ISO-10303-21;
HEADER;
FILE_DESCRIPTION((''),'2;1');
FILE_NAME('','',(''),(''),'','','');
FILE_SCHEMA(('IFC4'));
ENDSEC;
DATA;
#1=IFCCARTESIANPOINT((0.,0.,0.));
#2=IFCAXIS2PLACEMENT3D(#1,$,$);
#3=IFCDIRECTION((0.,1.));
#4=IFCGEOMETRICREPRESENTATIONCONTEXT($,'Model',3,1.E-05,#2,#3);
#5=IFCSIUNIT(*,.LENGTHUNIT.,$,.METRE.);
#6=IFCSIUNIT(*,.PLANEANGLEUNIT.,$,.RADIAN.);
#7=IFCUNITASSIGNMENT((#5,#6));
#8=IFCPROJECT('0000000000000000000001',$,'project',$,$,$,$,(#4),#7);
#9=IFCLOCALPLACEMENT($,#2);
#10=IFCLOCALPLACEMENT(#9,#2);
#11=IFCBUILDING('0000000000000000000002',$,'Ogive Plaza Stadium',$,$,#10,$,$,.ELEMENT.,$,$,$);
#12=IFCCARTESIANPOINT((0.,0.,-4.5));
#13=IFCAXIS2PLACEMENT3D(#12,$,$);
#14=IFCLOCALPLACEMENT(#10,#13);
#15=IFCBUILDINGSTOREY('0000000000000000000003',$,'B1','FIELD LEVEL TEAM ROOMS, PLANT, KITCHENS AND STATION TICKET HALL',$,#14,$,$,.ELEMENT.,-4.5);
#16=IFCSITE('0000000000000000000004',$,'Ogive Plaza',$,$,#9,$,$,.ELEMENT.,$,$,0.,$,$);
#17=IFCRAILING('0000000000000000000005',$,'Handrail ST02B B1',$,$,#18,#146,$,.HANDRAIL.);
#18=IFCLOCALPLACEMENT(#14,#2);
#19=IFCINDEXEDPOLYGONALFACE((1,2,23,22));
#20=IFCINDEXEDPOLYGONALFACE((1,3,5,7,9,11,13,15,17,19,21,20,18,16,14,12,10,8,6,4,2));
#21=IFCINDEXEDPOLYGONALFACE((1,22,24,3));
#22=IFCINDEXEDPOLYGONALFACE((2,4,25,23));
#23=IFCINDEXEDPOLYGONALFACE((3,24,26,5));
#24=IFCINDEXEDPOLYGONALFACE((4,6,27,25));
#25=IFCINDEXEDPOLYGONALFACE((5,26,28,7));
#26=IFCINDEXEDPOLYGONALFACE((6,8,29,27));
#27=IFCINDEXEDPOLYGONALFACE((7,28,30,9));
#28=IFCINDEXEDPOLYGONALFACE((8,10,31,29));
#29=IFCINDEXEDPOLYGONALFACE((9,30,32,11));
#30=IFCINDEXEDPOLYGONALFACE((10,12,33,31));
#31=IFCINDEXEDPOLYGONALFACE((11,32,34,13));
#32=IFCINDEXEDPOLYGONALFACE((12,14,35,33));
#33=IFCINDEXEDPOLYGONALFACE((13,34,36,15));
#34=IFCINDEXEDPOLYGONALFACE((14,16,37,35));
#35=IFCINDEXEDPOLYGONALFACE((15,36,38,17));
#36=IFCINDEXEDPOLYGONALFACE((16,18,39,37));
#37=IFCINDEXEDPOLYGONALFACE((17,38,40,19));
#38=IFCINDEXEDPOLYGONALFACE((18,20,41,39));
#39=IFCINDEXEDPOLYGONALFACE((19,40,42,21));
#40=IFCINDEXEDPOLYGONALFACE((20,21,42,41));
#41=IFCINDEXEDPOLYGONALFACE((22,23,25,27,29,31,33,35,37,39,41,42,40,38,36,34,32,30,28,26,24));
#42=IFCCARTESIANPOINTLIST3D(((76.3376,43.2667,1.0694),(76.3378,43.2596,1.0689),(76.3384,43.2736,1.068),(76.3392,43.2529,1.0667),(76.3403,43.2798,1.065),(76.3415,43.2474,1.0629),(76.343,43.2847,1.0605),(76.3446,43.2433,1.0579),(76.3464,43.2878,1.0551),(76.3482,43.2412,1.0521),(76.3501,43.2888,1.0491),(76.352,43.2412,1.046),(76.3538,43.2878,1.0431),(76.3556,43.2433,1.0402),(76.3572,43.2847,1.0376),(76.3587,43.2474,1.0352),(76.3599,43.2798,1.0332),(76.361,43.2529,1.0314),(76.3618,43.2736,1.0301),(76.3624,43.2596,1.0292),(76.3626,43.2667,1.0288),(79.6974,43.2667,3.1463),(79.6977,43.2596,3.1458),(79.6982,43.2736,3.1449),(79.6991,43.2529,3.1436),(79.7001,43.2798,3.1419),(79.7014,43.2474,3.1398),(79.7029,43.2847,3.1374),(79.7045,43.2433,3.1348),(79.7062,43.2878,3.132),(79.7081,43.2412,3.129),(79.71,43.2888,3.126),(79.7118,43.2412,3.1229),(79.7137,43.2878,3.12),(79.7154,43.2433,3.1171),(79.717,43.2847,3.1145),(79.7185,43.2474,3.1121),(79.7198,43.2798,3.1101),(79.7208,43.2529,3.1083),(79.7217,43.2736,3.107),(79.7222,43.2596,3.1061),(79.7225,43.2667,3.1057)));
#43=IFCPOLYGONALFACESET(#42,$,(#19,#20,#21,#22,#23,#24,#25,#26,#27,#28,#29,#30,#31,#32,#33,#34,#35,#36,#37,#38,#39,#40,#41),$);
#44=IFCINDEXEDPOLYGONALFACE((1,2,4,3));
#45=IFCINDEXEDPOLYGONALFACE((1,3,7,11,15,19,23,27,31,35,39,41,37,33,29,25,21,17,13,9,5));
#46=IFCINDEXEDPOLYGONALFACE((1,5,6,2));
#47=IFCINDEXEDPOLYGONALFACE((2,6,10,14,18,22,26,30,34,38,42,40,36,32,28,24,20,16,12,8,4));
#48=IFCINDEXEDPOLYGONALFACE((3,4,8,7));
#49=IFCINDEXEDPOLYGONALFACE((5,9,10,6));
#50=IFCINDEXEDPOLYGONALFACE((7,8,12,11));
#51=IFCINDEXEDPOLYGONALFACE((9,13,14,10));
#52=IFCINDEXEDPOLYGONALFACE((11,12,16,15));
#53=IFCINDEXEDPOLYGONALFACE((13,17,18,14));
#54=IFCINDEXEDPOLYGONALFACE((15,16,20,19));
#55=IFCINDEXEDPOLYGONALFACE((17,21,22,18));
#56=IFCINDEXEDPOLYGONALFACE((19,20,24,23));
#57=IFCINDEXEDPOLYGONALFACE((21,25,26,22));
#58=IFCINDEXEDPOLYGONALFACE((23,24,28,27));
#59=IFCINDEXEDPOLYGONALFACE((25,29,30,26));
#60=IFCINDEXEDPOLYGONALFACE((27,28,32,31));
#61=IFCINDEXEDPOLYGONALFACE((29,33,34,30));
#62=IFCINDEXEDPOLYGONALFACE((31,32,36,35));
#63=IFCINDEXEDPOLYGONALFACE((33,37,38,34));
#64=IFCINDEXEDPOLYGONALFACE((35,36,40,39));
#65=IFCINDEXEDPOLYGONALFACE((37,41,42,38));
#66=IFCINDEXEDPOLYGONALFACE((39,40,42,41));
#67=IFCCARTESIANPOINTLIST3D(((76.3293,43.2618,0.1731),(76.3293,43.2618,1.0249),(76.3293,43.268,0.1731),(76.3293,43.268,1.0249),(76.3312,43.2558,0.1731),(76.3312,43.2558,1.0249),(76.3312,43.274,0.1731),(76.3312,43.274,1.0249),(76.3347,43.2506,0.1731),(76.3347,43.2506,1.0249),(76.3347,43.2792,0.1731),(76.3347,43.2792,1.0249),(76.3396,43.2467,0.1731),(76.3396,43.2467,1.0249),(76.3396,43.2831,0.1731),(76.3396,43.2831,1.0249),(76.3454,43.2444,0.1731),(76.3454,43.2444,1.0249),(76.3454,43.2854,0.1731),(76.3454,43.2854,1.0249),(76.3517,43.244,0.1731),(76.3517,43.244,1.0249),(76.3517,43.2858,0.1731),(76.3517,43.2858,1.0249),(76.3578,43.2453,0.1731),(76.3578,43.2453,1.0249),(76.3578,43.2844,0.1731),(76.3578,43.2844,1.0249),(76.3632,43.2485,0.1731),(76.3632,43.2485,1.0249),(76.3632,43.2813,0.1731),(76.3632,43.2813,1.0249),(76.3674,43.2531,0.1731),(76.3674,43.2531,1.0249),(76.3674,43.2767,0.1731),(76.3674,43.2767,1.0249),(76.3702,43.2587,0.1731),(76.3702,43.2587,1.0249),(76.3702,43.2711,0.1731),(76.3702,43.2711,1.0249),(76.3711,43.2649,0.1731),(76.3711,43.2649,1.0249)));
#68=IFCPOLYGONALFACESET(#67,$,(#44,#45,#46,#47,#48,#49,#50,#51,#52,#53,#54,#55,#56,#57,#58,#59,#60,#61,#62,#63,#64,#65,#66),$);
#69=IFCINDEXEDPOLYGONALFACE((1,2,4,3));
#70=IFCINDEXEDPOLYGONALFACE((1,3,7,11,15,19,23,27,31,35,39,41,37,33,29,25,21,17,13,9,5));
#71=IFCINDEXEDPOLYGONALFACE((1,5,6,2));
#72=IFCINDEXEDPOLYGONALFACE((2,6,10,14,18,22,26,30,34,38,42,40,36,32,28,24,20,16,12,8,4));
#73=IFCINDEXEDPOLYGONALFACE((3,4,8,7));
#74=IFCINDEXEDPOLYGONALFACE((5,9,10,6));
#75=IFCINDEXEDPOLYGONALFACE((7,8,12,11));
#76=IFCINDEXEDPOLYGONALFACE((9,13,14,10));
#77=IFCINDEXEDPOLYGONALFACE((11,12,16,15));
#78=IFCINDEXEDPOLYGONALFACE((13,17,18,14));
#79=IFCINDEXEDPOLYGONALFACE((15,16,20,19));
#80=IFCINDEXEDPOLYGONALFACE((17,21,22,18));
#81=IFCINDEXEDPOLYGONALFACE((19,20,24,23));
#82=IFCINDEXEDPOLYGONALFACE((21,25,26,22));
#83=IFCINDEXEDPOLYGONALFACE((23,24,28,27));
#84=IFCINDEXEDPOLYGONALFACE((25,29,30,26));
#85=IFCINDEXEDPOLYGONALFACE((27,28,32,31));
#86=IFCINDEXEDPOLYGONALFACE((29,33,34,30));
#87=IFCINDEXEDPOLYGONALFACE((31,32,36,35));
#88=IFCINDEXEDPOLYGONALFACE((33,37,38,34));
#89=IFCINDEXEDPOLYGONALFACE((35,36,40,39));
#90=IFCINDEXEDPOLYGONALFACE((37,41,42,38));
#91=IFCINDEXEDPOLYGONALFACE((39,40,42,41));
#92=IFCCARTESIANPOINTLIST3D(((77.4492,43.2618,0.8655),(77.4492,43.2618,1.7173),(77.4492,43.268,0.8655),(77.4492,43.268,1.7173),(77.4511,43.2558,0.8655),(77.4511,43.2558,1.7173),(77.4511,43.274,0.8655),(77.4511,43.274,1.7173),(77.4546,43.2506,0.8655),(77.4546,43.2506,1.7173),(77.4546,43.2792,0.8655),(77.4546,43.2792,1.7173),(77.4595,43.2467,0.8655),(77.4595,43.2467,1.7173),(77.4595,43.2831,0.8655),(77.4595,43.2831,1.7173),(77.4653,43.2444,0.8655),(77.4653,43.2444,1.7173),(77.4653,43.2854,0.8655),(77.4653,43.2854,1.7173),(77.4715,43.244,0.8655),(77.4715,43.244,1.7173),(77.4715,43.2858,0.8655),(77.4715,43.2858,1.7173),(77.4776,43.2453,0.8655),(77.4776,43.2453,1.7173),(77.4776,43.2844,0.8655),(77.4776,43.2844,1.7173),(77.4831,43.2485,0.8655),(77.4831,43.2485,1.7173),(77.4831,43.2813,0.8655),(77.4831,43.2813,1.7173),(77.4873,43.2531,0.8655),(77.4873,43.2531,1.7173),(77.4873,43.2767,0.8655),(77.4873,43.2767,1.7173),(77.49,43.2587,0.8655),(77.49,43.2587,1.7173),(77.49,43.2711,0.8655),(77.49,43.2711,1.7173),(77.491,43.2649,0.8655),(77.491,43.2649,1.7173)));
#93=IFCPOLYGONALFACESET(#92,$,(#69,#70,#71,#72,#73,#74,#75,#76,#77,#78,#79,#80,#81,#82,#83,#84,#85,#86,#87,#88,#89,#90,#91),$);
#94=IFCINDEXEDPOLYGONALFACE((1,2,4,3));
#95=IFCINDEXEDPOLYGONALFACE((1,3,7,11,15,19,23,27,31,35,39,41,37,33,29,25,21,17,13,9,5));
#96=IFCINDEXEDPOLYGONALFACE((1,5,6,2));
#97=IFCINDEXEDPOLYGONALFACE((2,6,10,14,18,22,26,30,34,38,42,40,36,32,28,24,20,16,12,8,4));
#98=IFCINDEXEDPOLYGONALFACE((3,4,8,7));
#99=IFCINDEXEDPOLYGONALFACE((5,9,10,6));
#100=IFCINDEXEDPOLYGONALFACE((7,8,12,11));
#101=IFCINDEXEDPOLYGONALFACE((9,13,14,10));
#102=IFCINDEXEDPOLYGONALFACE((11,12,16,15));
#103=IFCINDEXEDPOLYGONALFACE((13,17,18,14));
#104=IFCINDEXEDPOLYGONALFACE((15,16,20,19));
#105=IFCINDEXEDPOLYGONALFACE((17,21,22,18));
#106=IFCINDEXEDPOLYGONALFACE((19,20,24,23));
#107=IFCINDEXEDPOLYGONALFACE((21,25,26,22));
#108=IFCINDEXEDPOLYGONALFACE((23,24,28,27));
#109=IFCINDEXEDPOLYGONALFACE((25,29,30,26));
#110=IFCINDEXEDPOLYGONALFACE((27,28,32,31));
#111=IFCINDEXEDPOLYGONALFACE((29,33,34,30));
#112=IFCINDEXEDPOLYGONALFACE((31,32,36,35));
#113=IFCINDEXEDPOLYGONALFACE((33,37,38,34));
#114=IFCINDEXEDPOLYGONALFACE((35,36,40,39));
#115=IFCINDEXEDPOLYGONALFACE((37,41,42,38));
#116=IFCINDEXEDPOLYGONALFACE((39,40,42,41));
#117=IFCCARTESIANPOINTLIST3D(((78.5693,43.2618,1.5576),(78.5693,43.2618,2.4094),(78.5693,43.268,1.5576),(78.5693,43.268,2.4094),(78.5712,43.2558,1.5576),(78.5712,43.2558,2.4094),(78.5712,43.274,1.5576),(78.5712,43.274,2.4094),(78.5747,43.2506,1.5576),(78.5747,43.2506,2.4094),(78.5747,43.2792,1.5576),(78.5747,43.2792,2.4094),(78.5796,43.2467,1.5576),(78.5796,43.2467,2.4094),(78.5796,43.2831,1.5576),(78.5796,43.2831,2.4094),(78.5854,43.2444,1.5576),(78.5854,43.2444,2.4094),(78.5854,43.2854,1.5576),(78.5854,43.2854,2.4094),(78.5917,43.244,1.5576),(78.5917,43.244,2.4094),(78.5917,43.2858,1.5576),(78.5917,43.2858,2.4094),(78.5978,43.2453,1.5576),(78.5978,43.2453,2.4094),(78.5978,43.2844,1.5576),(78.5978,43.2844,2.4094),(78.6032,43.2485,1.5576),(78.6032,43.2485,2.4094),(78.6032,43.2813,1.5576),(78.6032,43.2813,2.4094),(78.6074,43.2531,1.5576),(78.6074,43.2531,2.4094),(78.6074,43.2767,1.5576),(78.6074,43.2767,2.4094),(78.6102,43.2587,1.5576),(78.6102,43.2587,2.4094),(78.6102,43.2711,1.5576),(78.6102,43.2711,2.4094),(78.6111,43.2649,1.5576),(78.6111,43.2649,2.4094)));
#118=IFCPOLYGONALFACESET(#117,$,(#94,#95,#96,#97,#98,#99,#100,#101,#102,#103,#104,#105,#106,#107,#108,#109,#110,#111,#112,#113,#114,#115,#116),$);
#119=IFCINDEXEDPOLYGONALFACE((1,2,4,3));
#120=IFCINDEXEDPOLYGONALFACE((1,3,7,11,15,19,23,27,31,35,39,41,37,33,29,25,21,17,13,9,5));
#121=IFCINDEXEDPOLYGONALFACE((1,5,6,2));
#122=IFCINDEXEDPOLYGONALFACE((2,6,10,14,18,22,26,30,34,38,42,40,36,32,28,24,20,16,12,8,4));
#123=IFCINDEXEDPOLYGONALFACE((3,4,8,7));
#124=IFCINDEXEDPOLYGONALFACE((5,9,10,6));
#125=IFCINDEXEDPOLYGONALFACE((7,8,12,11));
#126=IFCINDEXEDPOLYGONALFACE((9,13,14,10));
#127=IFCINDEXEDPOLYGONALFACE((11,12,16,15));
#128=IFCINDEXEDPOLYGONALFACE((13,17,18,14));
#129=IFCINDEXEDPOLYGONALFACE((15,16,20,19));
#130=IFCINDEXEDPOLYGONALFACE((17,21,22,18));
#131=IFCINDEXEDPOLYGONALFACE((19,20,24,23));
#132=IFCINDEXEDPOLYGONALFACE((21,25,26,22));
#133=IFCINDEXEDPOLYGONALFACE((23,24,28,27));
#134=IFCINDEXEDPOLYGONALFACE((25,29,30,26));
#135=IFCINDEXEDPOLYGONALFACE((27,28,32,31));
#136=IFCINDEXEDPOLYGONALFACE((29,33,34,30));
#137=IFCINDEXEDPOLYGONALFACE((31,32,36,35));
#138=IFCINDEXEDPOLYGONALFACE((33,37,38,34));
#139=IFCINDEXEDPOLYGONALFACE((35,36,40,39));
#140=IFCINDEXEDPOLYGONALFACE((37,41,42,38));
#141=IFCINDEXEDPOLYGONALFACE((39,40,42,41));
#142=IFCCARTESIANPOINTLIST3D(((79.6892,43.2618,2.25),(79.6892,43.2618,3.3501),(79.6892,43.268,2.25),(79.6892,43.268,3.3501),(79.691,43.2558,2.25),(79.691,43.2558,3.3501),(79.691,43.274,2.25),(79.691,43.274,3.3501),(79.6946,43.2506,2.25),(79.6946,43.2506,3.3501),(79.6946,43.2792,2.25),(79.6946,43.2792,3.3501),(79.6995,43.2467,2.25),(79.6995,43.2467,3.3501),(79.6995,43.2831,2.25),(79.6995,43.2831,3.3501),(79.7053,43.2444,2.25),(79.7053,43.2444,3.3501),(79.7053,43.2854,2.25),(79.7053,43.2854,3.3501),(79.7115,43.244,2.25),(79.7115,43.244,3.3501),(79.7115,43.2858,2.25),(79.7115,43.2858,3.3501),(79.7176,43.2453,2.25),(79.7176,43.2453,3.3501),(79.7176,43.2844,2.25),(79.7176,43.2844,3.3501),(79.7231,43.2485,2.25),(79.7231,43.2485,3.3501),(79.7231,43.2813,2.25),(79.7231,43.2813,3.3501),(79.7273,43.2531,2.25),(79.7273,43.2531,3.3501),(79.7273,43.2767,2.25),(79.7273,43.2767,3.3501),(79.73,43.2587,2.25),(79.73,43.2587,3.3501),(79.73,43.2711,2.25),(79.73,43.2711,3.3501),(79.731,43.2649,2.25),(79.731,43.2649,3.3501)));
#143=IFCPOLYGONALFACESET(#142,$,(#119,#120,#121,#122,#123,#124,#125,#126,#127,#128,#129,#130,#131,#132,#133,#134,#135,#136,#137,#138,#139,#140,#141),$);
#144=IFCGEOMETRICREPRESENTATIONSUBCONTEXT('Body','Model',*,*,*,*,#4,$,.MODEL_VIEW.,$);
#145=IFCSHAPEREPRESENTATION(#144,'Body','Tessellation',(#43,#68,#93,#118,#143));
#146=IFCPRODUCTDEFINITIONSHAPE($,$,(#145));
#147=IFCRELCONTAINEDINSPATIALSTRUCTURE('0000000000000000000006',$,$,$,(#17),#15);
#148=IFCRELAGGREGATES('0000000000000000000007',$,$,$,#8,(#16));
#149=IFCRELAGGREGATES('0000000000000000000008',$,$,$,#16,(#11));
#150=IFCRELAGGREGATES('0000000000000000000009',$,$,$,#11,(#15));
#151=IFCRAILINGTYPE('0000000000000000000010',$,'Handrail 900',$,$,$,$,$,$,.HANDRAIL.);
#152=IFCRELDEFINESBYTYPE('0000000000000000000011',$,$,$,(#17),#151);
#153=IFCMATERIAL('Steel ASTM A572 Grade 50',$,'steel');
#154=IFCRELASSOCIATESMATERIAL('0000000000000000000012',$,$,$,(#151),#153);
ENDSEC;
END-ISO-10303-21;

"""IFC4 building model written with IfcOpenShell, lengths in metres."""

from ifc_helpers import new_model, si_unit, direction, frame, origin, origin_2d, place, context, subcontext, project, spatial, circle, extrude, material, type_object, element, save


model = new_model("IFC4")

# Units and contexts
model_context = context("Model", 3, precision=1e-05, world=origin(), true_north=direction((0.0, 1.0)))
body_context = subcontext(model_context, "Body", "Model", "MODEL_VIEW")
ifc_project = project(units=[si_unit("LENGTHUNIT", "METRE"), si_unit("PLANEANGLEUNIT", "RADIAN")], contexts=[model_context])

# Site, building, storey
site_placement = place(None, origin())
site = spatial("IfcSite", under=ifc_project, at=site_placement, Name="Ogive Plaza", CompositionType="ELEMENT", RefElevation=0.0)
building_placement = place(site_placement, origin())
building = spatial("IfcBuilding", under=site, at=building_placement, Name="Ogive Plaza Stadium", CompositionType="ELEMENT")
storey_placement = place(building_placement, frame((0.0, 0.0, -4.5)))
storey = spatial("IfcBuildingStorey", under=building, at=storey_placement, Name="B1", Description="FIELD LEVEL TEAM ROOMS, PLANT, KITCHENS AND STATION TICKET HALL", CompositionType="ELEMENT", Elevation=-4.5)

# Railing
ifc_material_1 = material(Name="Steel ASTM A572 Grade 50", Category="steel")
railing_type_1 = type_object("IfcRailingType", Name="Handrail 900", PredefinedType="HANDRAIL", material=ifc_material_1)
for number, where, name in (
    (1, (76.3501, 43.2649, 0.1731), "Handrail ST02B B1"),
):
    element("IfcRailing", number, at=place(storey_placement, frame(where)), inside=storey, type_object=railing_type_1, Name=name, PredefinedType="HANDRAIL", context=body_context, shape_type="SweptSolid", body=[
        extrude(circle(Radius=0.0239, at=origin_2d()), frame((0.0, 0.0, 0.876), z_axis=(0.850606, 0.0, 0.525803), x_axis=(0.0, 1.0, 0.0)), (0.0, 0.0, 1.0), 3.95),
        extrude(circle(Radius=0.021, at=origin_2d()), origin(), (0.0, 0.0, 1.0), 0.8518),
        extrude(circle(Radius=0.021, at=origin_2d()), frame((1.1199, 0.0, 0.6924)), (0.0, 0.0, 1.0), 0.8518),
        extrude(circle(Radius=0.021, at=origin_2d()), frame((2.24, 0.0, 1.3845)), (0.0, 0.0, 1.0), 0.8518),
        extrude(circle(Radius=0.021, at=origin_2d()), frame((3.3599, 0.0, 2.0769)), (0.0, 0.0, 1.0), 1.1001),
    ])

save(model, "model.ifc")
